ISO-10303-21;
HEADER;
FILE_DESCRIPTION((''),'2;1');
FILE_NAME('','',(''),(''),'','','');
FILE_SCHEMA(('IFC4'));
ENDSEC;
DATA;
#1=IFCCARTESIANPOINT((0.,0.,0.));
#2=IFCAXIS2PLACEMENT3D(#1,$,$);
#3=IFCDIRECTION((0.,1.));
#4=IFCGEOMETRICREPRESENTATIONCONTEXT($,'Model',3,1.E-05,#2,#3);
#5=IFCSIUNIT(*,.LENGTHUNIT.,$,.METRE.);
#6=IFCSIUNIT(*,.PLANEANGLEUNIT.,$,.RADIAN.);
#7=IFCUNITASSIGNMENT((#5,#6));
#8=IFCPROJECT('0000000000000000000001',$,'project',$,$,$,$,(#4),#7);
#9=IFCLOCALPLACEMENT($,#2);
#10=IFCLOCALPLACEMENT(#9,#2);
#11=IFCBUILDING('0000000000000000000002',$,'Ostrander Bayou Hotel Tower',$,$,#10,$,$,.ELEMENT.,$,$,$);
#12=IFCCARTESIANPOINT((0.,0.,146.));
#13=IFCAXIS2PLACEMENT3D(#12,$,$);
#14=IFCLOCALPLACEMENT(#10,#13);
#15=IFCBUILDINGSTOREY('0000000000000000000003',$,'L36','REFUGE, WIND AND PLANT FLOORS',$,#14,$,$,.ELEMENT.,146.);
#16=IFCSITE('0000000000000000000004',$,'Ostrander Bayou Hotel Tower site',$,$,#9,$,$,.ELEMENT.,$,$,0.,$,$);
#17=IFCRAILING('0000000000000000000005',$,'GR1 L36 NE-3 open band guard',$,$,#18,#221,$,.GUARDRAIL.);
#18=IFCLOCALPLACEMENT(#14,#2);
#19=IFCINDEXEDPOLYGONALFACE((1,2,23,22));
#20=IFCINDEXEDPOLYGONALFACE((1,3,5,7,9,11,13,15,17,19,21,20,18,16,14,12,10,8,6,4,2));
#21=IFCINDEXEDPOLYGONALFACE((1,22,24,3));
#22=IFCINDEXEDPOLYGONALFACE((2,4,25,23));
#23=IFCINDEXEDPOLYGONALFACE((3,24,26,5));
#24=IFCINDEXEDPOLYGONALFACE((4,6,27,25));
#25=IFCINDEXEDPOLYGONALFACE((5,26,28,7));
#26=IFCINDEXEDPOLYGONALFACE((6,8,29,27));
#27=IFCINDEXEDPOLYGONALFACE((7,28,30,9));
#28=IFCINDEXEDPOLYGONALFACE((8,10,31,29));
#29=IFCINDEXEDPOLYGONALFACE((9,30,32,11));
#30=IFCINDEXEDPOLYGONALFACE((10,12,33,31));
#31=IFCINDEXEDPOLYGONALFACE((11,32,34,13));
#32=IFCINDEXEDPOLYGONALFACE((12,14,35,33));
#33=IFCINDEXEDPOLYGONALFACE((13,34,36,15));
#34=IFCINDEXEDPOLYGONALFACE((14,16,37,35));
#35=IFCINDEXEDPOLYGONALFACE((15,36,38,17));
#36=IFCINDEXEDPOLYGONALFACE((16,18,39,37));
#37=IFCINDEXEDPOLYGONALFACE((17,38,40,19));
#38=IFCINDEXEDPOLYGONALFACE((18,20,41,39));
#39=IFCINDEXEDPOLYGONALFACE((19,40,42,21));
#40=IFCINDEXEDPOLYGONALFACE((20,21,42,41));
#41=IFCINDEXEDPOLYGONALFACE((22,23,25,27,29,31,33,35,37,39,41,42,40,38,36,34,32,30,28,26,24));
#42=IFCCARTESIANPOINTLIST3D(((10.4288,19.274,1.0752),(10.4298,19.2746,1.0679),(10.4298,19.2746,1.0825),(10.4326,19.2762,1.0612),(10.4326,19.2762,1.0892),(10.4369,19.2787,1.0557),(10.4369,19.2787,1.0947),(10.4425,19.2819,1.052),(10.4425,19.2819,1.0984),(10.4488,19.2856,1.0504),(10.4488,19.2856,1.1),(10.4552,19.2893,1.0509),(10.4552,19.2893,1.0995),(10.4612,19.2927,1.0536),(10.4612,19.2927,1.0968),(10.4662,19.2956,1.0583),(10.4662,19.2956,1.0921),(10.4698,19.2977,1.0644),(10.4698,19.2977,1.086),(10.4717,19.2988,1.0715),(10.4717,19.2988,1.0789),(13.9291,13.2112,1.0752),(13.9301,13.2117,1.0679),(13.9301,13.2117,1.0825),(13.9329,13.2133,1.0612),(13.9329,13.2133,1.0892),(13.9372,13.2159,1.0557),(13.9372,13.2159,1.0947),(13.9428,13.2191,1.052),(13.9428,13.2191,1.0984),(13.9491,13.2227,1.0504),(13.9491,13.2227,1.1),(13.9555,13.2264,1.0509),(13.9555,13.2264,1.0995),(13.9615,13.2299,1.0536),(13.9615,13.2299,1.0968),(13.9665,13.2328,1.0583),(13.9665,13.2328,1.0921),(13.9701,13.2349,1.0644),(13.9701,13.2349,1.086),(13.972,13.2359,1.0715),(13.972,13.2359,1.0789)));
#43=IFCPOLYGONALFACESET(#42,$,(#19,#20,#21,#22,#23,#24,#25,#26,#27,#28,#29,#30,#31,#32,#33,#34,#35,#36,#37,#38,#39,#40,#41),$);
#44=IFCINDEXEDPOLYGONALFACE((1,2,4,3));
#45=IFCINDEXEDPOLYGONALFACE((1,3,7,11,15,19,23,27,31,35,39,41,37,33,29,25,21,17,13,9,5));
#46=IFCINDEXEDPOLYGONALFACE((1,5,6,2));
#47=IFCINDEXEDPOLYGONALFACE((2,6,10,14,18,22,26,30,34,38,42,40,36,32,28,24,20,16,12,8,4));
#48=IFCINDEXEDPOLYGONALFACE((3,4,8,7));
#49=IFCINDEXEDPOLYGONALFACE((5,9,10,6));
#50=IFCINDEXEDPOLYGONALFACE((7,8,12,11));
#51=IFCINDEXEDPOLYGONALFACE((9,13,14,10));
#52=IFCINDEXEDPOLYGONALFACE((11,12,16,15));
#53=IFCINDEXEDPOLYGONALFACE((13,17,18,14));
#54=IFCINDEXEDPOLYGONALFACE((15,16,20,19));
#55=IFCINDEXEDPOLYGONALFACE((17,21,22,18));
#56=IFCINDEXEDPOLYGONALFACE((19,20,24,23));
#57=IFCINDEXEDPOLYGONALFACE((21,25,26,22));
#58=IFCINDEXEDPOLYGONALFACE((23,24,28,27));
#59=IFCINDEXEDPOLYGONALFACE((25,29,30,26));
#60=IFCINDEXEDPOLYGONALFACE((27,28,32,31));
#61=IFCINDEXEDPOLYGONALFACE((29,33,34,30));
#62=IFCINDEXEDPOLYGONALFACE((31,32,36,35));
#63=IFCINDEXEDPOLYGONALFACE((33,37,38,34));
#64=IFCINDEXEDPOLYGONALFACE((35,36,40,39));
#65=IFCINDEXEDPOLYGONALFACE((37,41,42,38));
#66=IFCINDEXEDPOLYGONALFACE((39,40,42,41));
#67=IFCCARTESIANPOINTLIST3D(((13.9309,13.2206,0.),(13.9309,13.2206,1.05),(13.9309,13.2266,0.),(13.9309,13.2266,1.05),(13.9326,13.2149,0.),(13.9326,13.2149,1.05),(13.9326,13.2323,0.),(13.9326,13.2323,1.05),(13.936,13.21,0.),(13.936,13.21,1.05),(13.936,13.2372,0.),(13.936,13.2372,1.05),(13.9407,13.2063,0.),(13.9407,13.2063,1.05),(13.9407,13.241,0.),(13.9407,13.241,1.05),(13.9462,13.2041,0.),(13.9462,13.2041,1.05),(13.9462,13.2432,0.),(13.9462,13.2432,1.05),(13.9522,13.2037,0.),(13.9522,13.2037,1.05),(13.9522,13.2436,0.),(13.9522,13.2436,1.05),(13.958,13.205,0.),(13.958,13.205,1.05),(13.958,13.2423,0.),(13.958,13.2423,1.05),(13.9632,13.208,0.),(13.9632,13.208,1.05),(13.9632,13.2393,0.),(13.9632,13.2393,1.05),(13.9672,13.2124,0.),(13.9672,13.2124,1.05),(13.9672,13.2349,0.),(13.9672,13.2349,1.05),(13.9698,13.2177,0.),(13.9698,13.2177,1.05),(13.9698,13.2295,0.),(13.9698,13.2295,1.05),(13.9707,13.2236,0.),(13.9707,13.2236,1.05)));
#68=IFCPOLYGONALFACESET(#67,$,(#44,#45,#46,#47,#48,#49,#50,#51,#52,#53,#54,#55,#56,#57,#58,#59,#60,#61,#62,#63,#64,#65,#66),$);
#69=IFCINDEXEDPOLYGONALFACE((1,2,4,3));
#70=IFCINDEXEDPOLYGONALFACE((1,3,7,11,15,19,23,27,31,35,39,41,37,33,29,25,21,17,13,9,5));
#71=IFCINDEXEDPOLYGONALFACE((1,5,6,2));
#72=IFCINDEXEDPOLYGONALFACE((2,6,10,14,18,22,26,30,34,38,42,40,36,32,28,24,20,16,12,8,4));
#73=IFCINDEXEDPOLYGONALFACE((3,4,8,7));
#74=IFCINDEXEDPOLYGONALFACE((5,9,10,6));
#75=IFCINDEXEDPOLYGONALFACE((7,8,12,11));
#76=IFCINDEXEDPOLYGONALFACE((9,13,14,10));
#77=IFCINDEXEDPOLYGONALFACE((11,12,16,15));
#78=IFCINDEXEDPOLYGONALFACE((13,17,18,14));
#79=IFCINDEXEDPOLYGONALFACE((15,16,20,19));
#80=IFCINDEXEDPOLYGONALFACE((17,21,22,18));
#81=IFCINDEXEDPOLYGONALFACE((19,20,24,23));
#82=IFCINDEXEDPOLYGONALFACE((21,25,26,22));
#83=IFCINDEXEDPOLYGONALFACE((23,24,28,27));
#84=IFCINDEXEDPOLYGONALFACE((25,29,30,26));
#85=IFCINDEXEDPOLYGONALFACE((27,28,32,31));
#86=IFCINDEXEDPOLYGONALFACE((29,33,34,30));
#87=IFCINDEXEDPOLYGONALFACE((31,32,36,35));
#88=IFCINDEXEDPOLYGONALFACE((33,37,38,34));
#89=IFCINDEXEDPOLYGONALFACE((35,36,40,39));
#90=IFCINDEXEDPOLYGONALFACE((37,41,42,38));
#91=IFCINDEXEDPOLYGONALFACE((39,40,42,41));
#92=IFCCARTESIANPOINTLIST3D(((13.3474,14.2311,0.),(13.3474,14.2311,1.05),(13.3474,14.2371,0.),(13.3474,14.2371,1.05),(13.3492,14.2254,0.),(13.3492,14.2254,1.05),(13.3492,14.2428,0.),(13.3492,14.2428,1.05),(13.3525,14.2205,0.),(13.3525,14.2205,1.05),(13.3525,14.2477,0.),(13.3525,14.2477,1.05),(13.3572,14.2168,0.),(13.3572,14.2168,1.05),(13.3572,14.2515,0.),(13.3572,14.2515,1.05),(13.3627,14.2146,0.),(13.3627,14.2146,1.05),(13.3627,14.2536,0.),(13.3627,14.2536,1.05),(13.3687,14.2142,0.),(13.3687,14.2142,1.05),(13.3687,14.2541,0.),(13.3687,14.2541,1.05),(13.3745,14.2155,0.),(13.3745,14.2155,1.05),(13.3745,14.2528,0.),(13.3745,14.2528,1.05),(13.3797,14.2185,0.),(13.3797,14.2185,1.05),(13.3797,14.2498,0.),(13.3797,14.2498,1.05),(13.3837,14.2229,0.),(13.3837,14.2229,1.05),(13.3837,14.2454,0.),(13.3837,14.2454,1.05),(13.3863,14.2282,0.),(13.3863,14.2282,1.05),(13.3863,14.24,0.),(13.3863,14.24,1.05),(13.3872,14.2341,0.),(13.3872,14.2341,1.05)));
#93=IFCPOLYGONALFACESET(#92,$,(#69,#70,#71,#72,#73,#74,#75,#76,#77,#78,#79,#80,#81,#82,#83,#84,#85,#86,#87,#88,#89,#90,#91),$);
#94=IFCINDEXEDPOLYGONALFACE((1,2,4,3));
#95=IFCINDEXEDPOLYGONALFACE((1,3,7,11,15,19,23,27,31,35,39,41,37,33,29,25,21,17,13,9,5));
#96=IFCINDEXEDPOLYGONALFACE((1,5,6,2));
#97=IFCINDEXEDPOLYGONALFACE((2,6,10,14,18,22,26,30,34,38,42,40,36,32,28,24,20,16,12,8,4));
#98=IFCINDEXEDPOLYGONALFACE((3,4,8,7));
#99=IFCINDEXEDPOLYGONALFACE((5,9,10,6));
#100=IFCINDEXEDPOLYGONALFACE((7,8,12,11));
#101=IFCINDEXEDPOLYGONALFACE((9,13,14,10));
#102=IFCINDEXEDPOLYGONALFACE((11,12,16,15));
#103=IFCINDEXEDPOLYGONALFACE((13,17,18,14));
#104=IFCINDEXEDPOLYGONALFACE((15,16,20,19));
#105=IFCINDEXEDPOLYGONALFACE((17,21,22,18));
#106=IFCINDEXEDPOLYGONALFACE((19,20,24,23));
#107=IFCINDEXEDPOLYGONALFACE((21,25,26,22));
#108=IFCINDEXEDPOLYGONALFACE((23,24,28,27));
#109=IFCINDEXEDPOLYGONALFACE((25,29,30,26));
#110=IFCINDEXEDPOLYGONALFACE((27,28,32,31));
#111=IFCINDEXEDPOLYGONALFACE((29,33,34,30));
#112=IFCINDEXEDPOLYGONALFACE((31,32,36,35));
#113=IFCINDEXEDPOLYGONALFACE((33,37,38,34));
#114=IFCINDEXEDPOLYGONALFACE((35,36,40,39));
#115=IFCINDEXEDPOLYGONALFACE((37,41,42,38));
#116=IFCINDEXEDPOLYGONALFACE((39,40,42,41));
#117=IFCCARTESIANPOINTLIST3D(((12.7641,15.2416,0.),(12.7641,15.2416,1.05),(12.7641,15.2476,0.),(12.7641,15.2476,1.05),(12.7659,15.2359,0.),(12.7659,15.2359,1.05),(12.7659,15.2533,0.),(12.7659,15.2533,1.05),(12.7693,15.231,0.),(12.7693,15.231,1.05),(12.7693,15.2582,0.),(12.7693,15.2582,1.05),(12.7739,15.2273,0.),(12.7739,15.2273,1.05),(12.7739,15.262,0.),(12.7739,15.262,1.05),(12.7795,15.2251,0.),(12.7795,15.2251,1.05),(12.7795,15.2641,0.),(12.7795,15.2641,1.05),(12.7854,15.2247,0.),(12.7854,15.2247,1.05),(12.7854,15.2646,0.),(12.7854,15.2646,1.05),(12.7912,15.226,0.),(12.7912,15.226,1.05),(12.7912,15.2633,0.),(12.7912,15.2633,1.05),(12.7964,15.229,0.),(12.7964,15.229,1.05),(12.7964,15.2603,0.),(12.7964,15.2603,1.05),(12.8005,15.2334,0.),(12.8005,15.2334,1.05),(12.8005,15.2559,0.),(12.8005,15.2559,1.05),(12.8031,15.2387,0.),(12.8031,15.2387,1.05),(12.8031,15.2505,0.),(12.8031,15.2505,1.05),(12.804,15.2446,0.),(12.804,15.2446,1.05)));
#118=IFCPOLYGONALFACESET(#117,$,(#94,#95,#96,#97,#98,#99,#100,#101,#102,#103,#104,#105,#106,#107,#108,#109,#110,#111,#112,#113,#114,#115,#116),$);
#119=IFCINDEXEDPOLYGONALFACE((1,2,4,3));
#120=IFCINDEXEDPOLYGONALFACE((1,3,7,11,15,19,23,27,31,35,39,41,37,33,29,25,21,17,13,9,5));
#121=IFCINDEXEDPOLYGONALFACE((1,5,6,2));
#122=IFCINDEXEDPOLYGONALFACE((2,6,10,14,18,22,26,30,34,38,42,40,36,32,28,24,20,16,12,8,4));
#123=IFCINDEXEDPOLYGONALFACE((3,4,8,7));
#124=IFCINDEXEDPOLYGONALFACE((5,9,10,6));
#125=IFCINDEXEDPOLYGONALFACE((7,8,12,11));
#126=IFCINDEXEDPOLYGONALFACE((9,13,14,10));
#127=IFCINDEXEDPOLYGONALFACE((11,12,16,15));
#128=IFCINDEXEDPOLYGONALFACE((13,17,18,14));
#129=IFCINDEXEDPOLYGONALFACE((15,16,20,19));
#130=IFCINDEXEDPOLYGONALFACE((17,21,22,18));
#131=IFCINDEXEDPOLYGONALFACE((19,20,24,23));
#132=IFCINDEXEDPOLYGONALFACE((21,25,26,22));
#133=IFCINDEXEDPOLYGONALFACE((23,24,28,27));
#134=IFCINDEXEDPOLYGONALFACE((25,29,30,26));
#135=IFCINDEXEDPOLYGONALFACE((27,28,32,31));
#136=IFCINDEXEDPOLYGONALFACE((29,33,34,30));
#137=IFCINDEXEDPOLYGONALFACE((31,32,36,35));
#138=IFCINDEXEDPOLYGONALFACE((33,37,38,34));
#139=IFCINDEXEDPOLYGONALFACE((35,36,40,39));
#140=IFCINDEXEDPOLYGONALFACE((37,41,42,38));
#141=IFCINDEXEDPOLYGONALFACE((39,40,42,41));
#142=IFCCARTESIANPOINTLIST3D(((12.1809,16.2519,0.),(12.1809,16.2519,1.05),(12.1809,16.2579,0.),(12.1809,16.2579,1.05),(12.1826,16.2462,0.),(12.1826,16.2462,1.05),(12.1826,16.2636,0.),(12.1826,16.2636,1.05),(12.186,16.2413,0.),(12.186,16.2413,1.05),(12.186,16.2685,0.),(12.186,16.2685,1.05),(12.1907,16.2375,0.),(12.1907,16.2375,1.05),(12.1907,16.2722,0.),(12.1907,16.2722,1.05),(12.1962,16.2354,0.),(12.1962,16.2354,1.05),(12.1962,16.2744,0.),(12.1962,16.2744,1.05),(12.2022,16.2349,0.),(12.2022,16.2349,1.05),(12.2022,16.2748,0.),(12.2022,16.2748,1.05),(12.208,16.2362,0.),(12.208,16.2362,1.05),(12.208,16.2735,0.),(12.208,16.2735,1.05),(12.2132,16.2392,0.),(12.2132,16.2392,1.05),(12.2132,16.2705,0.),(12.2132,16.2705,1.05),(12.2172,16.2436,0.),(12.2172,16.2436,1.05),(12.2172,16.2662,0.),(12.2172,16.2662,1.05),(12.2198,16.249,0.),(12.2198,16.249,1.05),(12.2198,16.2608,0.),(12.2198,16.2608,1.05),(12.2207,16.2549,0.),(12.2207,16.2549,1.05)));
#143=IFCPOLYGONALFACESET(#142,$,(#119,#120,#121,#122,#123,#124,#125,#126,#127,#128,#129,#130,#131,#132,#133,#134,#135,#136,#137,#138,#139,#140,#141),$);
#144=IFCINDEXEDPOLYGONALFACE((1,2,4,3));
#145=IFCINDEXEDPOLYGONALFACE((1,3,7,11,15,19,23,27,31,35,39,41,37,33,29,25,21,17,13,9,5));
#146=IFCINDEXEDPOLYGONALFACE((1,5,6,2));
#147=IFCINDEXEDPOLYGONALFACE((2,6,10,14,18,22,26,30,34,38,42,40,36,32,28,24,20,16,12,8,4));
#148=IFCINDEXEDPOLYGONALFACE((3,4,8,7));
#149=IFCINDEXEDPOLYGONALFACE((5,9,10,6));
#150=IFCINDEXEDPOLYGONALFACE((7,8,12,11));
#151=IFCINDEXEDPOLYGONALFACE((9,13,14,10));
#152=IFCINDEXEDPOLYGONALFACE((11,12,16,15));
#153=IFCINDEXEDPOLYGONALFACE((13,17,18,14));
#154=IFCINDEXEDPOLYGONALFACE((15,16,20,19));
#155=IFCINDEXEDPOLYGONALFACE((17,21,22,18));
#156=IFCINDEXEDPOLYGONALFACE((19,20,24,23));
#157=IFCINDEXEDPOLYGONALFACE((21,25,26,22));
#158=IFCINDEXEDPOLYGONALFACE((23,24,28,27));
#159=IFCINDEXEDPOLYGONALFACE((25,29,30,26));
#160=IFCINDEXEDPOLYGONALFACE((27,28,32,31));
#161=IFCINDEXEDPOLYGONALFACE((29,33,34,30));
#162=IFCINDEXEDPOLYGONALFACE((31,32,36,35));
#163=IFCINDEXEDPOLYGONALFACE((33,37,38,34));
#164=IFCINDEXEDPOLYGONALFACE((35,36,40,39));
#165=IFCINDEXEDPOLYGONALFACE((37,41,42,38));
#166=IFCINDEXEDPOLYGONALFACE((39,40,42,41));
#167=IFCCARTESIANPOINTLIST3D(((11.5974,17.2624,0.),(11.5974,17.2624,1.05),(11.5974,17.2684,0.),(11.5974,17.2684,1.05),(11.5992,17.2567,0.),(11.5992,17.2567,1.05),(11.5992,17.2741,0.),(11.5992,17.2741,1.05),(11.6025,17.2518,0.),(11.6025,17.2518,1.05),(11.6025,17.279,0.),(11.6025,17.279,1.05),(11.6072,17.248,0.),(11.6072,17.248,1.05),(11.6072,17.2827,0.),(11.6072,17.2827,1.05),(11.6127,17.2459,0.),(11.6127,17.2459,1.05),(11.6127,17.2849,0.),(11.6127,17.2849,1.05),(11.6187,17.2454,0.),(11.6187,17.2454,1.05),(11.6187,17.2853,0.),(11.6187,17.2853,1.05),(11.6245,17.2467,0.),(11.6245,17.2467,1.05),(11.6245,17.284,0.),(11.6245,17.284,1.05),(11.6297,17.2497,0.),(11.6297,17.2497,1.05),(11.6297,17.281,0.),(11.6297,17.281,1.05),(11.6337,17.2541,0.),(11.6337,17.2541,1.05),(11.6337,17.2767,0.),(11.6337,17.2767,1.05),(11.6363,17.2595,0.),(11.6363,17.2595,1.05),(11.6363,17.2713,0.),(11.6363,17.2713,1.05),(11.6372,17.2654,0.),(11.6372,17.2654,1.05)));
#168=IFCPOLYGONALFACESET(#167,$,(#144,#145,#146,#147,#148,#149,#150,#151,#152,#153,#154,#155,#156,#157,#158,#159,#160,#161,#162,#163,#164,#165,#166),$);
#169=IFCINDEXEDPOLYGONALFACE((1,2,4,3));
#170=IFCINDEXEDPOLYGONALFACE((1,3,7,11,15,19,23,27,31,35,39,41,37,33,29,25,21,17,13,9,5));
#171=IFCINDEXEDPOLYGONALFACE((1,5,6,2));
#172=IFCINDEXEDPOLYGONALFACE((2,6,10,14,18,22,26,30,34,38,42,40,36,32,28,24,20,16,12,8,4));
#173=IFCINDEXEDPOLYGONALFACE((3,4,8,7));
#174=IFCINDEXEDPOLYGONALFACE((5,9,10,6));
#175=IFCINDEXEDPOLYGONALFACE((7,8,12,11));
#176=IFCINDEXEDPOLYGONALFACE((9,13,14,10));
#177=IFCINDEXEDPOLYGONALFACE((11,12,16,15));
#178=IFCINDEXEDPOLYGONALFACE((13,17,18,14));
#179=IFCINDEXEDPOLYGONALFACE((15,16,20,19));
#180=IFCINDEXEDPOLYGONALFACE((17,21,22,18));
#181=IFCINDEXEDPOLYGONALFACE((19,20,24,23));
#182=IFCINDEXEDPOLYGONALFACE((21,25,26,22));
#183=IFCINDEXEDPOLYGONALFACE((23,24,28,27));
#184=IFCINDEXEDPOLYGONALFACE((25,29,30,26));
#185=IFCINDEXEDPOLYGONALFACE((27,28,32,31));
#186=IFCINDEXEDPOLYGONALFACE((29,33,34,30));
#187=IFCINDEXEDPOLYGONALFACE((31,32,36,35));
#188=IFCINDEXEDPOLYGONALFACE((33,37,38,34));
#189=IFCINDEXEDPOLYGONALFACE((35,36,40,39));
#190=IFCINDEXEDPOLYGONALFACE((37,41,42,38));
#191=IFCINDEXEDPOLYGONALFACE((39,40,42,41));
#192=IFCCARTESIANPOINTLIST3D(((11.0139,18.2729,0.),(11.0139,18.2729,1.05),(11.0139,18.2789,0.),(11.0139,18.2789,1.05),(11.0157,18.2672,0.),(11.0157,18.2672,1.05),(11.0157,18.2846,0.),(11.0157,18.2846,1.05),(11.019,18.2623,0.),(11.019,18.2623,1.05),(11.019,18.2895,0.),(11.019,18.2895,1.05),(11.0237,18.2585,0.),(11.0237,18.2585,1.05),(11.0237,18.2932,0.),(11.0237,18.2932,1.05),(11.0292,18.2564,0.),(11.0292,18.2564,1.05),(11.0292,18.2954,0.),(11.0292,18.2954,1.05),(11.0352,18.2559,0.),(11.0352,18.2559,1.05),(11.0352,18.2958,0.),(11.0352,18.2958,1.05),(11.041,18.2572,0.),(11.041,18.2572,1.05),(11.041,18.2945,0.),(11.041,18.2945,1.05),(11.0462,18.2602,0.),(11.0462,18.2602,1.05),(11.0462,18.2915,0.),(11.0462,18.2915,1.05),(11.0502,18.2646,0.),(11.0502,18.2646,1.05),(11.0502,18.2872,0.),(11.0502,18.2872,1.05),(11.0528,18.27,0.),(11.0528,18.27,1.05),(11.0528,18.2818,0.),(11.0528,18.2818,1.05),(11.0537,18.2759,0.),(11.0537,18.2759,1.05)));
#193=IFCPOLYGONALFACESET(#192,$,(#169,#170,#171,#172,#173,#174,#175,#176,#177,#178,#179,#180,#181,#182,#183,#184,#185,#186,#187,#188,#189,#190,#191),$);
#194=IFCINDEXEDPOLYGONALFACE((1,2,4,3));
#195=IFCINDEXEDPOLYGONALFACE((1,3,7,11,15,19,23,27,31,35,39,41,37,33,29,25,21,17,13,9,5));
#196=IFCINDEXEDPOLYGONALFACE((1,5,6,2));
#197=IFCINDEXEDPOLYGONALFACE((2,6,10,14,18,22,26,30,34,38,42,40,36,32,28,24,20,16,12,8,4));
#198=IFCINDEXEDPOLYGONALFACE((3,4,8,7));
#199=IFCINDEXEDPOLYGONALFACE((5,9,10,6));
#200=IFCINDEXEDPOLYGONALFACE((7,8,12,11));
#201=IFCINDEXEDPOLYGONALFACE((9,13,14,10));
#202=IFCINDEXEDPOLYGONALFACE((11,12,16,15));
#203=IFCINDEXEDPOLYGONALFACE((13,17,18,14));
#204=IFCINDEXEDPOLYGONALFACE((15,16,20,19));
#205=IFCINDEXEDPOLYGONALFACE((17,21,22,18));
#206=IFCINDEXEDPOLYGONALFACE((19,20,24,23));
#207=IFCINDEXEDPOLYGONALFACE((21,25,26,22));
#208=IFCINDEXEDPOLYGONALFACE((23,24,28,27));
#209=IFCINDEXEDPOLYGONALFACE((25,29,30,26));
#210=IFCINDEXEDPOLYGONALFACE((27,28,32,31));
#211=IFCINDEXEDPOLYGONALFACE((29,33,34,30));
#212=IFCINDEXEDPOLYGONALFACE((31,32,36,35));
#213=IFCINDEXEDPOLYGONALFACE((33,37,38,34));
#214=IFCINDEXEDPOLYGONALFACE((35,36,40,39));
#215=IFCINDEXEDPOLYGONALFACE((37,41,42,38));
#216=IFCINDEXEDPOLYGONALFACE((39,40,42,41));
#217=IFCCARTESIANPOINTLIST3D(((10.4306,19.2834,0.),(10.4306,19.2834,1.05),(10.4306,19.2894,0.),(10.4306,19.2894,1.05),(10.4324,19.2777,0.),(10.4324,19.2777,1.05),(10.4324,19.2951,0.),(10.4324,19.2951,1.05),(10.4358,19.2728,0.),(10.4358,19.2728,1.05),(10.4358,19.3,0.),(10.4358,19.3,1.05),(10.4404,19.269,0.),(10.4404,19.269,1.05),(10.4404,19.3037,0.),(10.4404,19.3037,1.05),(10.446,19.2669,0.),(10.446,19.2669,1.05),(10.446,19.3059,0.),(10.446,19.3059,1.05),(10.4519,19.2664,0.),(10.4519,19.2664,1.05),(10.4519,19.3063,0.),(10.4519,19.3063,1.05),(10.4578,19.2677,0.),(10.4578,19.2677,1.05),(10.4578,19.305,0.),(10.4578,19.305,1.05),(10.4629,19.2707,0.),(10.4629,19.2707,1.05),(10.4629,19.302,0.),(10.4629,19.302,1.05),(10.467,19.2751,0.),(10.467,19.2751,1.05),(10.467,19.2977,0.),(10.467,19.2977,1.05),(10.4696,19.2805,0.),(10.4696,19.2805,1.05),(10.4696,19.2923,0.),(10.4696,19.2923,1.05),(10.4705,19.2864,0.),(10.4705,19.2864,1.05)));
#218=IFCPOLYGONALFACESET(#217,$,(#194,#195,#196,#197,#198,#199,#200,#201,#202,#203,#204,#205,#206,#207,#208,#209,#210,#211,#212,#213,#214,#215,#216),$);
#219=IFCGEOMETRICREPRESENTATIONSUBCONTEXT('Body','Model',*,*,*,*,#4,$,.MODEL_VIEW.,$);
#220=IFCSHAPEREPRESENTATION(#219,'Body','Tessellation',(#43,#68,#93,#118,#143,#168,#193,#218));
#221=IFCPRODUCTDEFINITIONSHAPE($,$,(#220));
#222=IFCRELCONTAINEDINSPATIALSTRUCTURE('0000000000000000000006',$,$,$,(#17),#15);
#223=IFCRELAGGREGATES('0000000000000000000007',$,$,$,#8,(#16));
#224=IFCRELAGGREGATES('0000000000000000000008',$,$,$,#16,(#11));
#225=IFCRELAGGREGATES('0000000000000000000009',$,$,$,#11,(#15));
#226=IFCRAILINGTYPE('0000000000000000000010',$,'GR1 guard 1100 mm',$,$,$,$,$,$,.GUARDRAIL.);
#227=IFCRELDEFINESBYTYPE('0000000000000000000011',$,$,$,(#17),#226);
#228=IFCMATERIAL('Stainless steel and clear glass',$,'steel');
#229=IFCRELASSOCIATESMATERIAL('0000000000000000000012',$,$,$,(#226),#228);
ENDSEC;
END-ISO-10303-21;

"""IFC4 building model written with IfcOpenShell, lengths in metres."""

from ifc_helpers import new_model, si_unit, direction, frame, origin, origin_2d, place, context, subcontext, project, spatial, circle, extrude, material, type_object, element, save


model = new_model("IFC4")

# Units and contexts
model_context = context("Model", 3, precision=1e-05, world=origin(), true_north=direction((0.0, 1.0)))
body_context = subcontext(model_context, "Body", "Model", "MODEL_VIEW")
ifc_project = project(units=[si_unit("LENGTHUNIT", "METRE"), si_unit("PLANEANGLEUNIT", "RADIAN")], contexts=[model_context])

# Site, building, storey
site_placement = place(None, origin())
site = spatial("IfcSite", under=ifc_project, at=site_placement, Name="Ostrander Bayou Hotel Tower site", CompositionType="ELEMENT", RefElevation=0.0)
building_placement = place(site_placement, origin())
building = spatial("IfcBuilding", under=site, at=building_placement, Name="Ostrander Bayou Hotel Tower", CompositionType="ELEMENT")
storey_placement = place(building_placement, frame((0.0, 0.0, 146.0)))
storey = spatial("IfcBuildingStorey", under=building, at=storey_placement, Name="L36", Description="REFUGE, WIND AND PLANT FLOORS", CompositionType="ELEMENT", Elevation=146.0)

# Railing
ifc_material_1 = material(Name="Stainless steel and clear glass", Category="steel")
railing_type = type_object("IfcRailingType", Name="GR1 guard 1100 mm", PredefinedType="GUARDRAIL", material=ifc_material_1)
railing_1_placement = place(storey_placement, frame((13.9507, 13.2236, 0.0)))
element("IfcRailing", 1, at=railing_1_placement, inside=storey, type_object=railing_type, Name="GR1 L36 NE-3 open band guard", PredefinedType="GUARDRAIL", context=body_context, shape_type="SweptSolid", body=[
    extrude(circle(Radius=0.0249, at=origin_2d()), frame((0.0, 0.0, 1.0752), z_axis=(-0.499991, 0.866031, 0.0), x_axis=(-0.866031, -0.499991, 0.0)), (0.0, 0.0, 1.0), 7.0007),
    extrude(circle(Radius=0.02, at=origin_2d()), origin(), (0.0, 0.0, 1.0), 1.05),
    extrude(circle(Radius=0.02, at=origin_2d()), frame((-0.5835, 1.0105, 0.0)), (0.0, 0.0, 1.0), 1.05),
    extrude(circle(Radius=0.02, at=origin_2d()), frame((-1.1667, 2.021, 0.0)), (0.0, 0.0, 1.0), 1.05),
    extrude(circle(Radius=0.02, at=origin_2d()), frame((-1.75, 3.0312, 0.0)), (0.0, 0.0, 1.0), 1.05),
    extrude(circle(Radius=0.02, at=origin_2d()), frame((-2.3335, 4.0417, 0.0)), (0.0, 0.0, 1.0), 1.05),
    extrude(circle(Radius=0.02, at=origin_2d()), frame((-2.917, 5.0522, 0.0)), (0.0, 0.0, 1.0), 1.05),
    extrude(circle(Radius=0.02, at=origin_2d()), frame((-3.5002, 6.0627, 0.0)), (0.0, 0.0, 1.0), 1.05),
])

save(model, "model.ifc")
